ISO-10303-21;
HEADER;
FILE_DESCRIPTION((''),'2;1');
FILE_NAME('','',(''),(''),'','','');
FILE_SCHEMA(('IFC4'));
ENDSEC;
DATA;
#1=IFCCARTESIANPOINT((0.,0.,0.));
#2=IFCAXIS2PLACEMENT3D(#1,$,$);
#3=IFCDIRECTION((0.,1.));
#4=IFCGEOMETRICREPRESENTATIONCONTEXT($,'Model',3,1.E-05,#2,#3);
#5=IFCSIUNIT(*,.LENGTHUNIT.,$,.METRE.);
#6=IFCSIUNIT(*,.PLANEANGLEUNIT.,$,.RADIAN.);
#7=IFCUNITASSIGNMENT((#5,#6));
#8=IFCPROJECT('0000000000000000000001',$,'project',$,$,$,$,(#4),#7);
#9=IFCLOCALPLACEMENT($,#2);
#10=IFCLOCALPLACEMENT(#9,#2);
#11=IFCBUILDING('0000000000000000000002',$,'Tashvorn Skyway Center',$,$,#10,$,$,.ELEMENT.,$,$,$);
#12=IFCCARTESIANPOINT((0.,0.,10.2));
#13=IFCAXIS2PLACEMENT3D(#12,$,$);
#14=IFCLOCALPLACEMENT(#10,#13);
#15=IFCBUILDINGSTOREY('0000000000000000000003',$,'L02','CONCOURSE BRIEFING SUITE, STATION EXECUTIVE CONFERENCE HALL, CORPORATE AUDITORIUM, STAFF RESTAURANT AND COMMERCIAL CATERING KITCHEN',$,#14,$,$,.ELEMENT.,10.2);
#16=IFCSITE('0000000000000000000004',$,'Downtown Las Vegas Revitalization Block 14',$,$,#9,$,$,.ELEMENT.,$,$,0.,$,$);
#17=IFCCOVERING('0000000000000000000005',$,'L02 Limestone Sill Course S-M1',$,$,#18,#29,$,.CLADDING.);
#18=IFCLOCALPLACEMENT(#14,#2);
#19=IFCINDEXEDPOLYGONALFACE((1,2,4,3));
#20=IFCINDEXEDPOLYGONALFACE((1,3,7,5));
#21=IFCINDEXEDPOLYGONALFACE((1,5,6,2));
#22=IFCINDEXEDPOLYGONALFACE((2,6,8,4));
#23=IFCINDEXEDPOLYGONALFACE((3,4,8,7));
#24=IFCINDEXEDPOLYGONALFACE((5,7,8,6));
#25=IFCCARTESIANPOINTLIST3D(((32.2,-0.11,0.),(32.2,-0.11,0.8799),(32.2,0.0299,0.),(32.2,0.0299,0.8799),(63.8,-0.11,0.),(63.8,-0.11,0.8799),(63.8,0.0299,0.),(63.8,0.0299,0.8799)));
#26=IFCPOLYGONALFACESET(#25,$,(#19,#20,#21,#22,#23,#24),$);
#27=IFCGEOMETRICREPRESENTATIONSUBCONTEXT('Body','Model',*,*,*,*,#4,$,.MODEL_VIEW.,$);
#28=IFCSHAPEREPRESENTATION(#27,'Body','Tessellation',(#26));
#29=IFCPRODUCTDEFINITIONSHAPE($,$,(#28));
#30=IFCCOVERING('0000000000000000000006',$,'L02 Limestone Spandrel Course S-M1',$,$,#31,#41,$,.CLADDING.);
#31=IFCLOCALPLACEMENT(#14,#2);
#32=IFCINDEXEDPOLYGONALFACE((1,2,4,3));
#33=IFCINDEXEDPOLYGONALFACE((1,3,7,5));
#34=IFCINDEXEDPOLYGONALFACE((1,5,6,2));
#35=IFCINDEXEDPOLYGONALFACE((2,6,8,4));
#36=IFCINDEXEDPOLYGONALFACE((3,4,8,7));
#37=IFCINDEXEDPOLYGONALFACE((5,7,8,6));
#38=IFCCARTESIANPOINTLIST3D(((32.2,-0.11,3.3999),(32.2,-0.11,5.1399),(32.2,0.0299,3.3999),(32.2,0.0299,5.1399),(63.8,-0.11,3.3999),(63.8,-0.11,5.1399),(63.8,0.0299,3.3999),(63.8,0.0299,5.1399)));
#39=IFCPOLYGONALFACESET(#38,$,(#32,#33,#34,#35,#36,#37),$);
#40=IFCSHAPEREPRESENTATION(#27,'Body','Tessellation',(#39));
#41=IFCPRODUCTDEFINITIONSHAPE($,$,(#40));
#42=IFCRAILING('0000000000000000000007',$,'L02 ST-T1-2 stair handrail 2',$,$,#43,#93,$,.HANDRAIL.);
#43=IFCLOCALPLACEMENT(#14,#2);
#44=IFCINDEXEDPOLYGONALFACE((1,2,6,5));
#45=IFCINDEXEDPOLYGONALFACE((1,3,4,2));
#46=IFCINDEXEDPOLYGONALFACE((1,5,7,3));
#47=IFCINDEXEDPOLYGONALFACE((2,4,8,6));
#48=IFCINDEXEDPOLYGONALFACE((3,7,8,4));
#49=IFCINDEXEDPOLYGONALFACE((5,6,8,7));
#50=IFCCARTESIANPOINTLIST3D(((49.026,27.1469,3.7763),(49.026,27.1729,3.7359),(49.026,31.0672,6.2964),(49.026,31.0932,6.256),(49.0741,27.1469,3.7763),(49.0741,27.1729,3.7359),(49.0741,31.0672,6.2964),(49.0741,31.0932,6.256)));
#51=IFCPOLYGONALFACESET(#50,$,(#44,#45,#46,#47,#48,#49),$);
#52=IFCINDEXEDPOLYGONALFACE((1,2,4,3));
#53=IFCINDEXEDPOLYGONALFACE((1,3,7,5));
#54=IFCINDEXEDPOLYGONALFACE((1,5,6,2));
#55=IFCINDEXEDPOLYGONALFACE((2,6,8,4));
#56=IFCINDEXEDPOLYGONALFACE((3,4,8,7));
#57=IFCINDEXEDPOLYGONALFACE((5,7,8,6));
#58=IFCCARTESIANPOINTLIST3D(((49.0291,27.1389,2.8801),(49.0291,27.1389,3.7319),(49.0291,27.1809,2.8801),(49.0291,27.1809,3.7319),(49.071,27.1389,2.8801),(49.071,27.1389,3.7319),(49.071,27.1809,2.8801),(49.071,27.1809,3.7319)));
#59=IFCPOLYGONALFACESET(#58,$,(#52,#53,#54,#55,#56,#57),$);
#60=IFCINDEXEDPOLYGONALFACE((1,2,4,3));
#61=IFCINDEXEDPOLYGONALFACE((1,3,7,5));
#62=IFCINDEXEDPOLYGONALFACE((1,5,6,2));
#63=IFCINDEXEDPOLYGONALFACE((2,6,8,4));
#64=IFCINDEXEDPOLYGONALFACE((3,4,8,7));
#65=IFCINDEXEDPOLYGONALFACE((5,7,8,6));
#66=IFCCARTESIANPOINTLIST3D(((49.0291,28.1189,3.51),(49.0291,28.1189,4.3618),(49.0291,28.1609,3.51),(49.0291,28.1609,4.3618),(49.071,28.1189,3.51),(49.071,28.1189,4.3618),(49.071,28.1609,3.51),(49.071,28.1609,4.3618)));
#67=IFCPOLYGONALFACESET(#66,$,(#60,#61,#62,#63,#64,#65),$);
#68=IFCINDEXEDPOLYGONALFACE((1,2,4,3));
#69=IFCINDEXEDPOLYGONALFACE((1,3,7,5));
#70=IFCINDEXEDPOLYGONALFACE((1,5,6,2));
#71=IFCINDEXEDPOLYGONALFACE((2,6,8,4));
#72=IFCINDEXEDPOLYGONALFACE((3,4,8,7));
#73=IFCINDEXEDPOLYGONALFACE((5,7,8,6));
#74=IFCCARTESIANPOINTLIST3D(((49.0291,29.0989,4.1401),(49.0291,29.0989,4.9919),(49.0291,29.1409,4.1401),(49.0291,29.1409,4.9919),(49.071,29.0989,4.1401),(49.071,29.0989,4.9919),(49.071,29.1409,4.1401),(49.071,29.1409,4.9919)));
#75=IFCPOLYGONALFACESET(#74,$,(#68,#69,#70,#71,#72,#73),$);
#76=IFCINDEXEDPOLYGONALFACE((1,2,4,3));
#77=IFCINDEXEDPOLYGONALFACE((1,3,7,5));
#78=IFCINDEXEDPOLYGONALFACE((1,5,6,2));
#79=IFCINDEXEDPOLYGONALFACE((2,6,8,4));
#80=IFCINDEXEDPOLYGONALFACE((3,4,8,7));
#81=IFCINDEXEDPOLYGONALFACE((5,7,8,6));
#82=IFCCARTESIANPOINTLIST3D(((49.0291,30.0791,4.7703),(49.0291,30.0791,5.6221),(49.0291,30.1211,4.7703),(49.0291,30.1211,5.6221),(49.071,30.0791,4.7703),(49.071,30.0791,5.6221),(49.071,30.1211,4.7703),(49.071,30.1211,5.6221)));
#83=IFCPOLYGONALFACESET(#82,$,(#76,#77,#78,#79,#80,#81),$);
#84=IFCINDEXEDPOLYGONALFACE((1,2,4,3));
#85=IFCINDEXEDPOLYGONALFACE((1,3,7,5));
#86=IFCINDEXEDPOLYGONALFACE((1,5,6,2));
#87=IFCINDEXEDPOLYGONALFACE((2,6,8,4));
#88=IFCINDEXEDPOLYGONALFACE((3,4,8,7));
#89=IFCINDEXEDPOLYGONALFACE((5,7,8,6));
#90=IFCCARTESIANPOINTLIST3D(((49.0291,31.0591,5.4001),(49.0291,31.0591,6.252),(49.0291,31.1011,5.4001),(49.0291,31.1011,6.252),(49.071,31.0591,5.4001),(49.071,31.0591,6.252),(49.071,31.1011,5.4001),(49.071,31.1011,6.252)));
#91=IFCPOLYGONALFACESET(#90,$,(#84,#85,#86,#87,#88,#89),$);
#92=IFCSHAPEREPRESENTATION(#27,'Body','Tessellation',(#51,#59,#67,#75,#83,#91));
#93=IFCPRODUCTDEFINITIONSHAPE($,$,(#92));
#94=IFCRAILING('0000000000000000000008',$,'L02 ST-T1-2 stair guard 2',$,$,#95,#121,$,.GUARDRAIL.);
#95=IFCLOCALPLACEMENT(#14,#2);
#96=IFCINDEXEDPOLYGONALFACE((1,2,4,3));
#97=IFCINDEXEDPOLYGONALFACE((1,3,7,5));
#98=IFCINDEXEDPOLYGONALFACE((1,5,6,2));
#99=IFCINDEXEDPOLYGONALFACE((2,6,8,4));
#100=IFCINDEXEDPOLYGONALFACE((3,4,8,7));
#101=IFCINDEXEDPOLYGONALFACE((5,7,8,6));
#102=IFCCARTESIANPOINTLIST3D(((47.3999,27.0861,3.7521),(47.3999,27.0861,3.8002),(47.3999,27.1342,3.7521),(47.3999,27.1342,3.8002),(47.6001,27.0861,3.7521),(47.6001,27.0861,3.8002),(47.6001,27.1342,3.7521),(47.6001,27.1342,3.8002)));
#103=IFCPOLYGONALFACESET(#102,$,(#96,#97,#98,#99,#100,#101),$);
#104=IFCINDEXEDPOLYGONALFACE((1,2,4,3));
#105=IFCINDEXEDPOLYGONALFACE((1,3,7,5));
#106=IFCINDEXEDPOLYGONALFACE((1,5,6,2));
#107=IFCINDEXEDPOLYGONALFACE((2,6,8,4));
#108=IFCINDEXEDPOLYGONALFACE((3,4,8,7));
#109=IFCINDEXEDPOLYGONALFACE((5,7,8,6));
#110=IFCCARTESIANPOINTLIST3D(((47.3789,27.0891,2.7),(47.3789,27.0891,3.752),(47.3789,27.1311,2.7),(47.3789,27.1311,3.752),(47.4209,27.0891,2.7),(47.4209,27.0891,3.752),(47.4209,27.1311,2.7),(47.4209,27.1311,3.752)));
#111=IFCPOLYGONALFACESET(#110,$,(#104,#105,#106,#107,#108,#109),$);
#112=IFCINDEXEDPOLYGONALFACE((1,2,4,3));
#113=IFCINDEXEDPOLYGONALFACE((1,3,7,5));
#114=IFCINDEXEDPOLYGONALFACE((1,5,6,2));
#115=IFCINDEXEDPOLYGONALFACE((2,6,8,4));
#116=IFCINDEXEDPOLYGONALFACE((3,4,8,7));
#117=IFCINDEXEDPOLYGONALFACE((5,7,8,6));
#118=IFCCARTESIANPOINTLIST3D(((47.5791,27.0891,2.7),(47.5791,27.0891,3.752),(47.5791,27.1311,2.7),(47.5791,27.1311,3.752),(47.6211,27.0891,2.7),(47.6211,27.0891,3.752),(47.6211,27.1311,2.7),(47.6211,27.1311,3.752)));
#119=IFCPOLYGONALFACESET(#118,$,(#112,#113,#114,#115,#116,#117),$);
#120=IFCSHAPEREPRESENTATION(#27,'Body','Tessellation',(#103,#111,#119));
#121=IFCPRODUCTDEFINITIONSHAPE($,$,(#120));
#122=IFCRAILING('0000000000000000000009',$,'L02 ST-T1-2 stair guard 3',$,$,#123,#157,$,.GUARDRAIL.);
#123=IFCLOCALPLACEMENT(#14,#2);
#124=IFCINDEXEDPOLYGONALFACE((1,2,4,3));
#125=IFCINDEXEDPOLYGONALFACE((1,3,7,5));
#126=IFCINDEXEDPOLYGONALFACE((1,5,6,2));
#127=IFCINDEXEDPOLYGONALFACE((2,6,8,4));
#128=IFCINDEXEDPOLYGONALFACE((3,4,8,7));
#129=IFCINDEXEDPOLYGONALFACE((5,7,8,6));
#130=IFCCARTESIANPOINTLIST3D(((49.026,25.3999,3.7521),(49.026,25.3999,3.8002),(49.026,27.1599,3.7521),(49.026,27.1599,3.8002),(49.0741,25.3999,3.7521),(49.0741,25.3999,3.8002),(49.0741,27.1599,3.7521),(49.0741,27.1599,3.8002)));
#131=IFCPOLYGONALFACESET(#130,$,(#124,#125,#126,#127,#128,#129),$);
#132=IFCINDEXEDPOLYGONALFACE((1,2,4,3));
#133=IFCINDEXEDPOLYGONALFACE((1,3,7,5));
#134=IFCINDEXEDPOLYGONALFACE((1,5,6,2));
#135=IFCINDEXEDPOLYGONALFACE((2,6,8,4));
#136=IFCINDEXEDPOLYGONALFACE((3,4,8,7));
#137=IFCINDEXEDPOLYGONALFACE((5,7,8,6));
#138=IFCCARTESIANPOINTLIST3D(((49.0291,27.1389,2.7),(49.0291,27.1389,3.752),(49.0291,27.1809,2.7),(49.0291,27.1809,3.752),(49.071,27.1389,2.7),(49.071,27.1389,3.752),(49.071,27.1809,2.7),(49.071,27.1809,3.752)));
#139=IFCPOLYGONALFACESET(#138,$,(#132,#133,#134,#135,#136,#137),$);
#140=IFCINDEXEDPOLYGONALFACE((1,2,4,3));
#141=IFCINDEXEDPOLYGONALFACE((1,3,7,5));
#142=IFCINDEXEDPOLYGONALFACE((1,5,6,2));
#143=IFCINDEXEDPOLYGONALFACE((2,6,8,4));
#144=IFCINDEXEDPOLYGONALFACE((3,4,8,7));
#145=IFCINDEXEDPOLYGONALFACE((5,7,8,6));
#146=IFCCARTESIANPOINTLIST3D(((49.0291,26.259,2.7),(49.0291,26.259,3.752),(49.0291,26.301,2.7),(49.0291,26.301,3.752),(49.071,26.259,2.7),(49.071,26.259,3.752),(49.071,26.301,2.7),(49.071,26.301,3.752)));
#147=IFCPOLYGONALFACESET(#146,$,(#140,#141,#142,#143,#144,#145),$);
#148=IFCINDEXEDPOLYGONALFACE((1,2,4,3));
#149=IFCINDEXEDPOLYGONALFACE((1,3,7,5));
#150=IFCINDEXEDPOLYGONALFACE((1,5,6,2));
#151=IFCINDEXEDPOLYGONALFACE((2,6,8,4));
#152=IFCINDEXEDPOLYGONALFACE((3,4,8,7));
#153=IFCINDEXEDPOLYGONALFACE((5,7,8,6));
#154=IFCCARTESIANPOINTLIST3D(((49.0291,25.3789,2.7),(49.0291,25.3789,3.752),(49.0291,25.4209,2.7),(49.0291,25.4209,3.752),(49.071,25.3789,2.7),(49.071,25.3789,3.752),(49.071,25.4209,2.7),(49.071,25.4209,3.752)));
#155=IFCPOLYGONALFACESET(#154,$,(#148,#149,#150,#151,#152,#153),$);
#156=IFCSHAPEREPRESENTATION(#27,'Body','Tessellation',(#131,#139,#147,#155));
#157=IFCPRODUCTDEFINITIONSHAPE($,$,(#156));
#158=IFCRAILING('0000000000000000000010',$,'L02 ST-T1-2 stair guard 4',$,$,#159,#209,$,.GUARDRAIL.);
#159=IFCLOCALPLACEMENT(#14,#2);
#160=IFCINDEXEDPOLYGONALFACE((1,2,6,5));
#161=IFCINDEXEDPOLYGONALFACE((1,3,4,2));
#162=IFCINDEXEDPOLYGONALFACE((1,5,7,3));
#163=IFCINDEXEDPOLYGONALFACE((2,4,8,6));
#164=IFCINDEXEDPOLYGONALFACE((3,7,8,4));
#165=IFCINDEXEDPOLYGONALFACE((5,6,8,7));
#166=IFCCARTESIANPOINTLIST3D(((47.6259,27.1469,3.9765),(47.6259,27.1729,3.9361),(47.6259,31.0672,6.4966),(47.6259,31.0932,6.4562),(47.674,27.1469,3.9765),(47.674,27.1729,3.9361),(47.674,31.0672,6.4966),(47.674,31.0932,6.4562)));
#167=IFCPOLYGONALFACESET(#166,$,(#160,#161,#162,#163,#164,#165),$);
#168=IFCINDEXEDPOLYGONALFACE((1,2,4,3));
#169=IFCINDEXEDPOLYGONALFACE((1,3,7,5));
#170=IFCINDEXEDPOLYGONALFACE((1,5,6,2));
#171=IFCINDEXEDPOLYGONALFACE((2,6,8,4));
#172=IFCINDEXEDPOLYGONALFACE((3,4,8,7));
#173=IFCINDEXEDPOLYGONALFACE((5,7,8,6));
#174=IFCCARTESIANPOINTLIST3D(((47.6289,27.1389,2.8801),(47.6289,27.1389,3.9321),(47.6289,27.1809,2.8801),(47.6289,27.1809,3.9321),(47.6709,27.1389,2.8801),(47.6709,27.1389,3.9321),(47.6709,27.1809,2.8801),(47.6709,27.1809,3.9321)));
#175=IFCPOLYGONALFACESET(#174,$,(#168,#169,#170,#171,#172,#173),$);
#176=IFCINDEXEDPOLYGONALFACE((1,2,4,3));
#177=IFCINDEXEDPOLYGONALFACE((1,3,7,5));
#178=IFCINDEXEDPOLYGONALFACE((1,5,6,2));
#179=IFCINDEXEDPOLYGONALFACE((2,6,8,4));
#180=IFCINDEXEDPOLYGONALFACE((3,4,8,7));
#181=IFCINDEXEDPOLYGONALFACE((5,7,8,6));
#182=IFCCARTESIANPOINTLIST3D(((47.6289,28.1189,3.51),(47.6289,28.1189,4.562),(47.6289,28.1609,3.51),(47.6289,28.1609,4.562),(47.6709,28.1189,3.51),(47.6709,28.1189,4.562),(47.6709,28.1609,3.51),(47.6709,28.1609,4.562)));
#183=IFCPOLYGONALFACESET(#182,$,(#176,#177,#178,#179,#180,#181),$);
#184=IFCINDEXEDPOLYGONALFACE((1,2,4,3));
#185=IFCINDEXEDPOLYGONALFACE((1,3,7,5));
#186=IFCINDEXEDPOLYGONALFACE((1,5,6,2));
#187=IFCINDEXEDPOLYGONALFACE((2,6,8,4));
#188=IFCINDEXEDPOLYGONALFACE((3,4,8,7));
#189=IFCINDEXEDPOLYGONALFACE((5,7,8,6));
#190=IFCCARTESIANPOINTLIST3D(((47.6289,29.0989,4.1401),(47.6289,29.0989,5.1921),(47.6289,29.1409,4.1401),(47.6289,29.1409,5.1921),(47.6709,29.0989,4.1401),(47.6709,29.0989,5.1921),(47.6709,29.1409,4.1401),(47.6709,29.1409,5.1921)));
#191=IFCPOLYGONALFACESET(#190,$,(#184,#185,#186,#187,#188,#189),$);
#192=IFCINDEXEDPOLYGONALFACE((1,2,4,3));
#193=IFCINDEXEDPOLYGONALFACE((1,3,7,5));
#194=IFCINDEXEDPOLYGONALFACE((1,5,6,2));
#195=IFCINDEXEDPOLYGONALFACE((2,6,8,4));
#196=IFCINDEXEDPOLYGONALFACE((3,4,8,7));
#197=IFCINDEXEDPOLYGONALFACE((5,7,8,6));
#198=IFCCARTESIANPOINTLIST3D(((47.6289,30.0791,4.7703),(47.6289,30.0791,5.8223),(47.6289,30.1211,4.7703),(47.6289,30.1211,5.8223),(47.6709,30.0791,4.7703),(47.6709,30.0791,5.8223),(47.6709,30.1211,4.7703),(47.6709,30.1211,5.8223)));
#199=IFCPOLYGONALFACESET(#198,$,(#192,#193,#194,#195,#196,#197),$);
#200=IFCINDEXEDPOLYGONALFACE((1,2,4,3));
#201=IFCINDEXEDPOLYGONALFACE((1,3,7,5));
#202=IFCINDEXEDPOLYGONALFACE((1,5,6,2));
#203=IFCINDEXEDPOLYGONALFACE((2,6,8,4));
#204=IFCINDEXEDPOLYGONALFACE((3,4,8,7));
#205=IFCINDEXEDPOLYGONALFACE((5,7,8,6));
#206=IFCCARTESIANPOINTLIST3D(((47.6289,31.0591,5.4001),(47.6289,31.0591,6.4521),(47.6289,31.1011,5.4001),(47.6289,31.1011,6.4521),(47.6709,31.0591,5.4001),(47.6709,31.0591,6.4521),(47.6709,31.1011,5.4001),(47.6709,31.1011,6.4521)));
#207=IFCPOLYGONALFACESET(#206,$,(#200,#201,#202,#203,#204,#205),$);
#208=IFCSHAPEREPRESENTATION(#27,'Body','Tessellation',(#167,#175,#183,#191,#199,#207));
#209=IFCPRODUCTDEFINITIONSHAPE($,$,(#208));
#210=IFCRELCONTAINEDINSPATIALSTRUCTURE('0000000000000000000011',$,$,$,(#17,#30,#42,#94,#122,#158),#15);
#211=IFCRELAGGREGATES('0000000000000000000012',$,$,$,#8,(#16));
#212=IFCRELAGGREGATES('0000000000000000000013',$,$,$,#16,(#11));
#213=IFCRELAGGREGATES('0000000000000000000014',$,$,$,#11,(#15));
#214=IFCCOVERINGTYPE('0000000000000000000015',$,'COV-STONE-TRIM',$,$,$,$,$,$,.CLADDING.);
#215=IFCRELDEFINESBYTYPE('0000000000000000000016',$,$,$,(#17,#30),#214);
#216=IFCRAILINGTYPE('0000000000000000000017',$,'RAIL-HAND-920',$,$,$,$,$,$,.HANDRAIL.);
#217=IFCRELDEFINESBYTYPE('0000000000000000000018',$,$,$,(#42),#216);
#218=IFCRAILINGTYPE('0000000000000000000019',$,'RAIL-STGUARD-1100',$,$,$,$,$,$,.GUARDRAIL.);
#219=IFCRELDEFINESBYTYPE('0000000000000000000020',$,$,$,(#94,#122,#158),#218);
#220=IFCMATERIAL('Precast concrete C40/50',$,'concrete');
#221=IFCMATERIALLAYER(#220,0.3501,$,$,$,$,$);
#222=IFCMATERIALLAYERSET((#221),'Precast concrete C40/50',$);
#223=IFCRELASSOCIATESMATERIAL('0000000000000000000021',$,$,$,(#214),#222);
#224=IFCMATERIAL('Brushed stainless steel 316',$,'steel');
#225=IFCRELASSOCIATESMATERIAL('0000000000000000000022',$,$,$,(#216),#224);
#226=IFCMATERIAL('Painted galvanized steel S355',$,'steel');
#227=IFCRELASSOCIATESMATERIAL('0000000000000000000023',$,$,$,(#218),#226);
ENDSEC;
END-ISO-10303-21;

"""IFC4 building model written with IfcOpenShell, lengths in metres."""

from ifc_helpers import new_model, si_unit, direction, frame, origin, origin_2d, place, context, subcontext, project, spatial, rectangle, extrude, material, layer, layer_set, type_object, element, save


model = new_model("IFC4")

# Units and contexts
model_context = context("Model", 3, precision=1e-05, world=origin(), true_north=direction((0.0, 1.0)))
body_context = subcontext(model_context, "Body", "Model", "MODEL_VIEW")
ifc_project = project(units=[si_unit("LENGTHUNIT", "METRE"), si_unit("PLANEANGLEUNIT", "RADIAN")], contexts=[model_context])

# Site, building, storey
site_placement = place(None, origin())
site = spatial("IfcSite", under=ifc_project, at=site_placement, Name="Downtown Las Vegas Revitalization Block 14", CompositionType="ELEMENT", RefElevation=0.0)
building_placement = place(site_placement, origin())
building = spatial("IfcBuilding", under=site, at=building_placement, Name="Tashvorn Skyway Center", CompositionType="ELEMENT")
storey_placement = place(building_placement, frame((0.0, 0.0, 10.2)))
storey = spatial("IfcBuildingStorey", under=building, at=storey_placement, Name="L02", Description="CONCOURSE BRIEFING SUITE, STATION EXECUTIVE CONFERENCE HALL, CORPORATE AUDITORIUM, STAFF RESTAURANT AND COMMERCIAL CATERING KITCHEN", CompositionType="ELEMENT", Elevation=10.2)

# Shared definitions
ifc_material_1 = material(Name="Precast concrete C40/50", Category="concrete")

# Coverings
ifc_layer_1 = layer(ifc_material_1, 0.3501)
ifc_layer_set_1 = layer_set([ifc_layer_1], Name="Precast concrete C40/50")
covering_type = type_object("IfcCoveringType", Name="COV-STONE-TRIM", PredefinedType="CLADDING", material=ifc_layer_set_1)
covering_1_placement = place(storey_placement, frame((48.0, -0.04, 0.0), z_axis=(0.0, 0.0, 1.0), x_axis=(1.0, 0.0, 0.0)))
element("IfcCovering", 1, at=covering_1_placement, inside=storey, type_object=covering_type, Name="L02 Limestone Sill Course S-M1", PredefinedType="CLADDING", context=body_context, shape_type="SweptSolid", body=[
    extrude(rectangle(XDim=31.6001, YDim=0.1399, at=origin_2d()), origin(), (0.0, 0.0, 1.0), 0.8799),
])
covering_2_placement = place(storey_placement, frame((48.0, -0.04, 3.3999), z_axis=(0.0, 0.0, 1.0), x_axis=(1.0, 0.0, 0.0)))
element("IfcCovering", 2, at=covering_2_placement, inside=storey, type_object=covering_type, Name="L02 Limestone Spandrel Course S-M1", PredefinedType="CLADDING", context=body_context, shape_type="SweptSolid", body=[
    extrude(rectangle(XDim=31.6001, YDim=0.1399, at=origin_2d()), origin(), (0.0, 0.0, 1.0), 1.74),
])

# Railings
ifc_material_2 = material(Name="Brushed stainless steel 316", Category="steel")
railing_type_1 = type_object("IfcRailingType", Name="RAIL-HAND-920", PredefinedType="HANDRAIL", material=ifc_material_2)
railing_1_placement = place(storey_placement, frame((49.05, 27.1599, 2.8801)))
element("IfcRailing", 3, at=railing_1_placement, inside=storey, type_object=railing_type_1, Name="L02 ST-T1-2 stair handrail 2", PredefinedType="HANDRAIL", context=body_context, shape_type="SweptSolid", body=[
    extrude(rectangle(XDim=0.0481, YDim=0.0481, at=origin_2d()), frame((0.0, 0.0, 0.876), z_axis=(0.0, 0.841187, 0.540744), x_axis=(-1.0, 0.0, 0.0)), (0.0, 0.0, 1.0), 4.6604),
    extrude(rectangle(XDim=0.042, YDim=0.042, at=origin_2d()), origin(), (0.0, 0.0, 1.0), 0.8518),
    extrude(rectangle(XDim=0.042, YDim=0.042, at=origin_2d()), frame((0.0, 0.98, 0.6299)), (0.0, 0.0, 1.0), 0.8518),
    extrude(rectangle(XDim=0.042, YDim=0.042, at=origin_2d()), frame((0.0, 1.96, 1.26)), (0.0, 0.0, 1.0), 0.8518),
    extrude(rectangle(XDim=0.042, YDim=0.042, at=origin_2d()), frame((0.0, 2.9402, 1.8901)), (0.0, 0.0, 1.0), 0.8518),
    extrude(rectangle(XDim=0.042, YDim=0.042, at=origin_2d()), frame((0.0, 3.9202, 2.52)), (0.0, 0.0, 1.0), 0.8518),
])
ifc_material_3 = material(Name="Painted galvanized steel S355", Category="steel")
railing_type_2 = type_object("IfcRailingType", Name="RAIL-STGUARD-1100", PredefinedType="GUARDRAIL", material=ifc_material_3)
railing_2_placement = place(storey_placement, frame((47.3999, 27.1101, 2.7)))
element("IfcRailing", 4, at=railing_2_placement, inside=storey, type_object=railing_type_2, Name="L02 ST-T1-2 stair guard 2", PredefinedType="GUARDRAIL", context=body_context, shape_type="SweptSolid", body=[
    extrude(rectangle(XDim=0.0481, YDim=0.0481, at=origin_2d()), frame((0.0, 0.0, 1.0762), z_axis=(1.0, 0.0, 0.0), x_axis=(0.0, 1.0, 0.0)), (0.0, 0.0, 1.0), 0.2002),
    extrude(rectangle(XDim=0.042, YDim=0.042, at=origin_2d()), origin(), (0.0, 0.0, 1.0), 1.052),
    extrude(rectangle(XDim=0.042, YDim=0.042, at=origin_2d()), frame((0.2002, 0.0, 0.0)), (0.0, 0.0, 1.0), 1.052),
])
railing_3_placement = place(storey_placement, frame((49.05, 27.1599, 2.7)))
element("IfcRailing", 5, at=railing_3_placement, inside=storey, type_object=railing_type_2, Name="L02 ST-T1-2 stair guard 3", PredefinedType="GUARDRAIL", context=body_context, shape_type="SweptSolid", body=[
    extrude(rectangle(XDim=0.0481, YDim=0.0481, at=origin_2d()), frame((0.0, 0.0, 1.0762), z_axis=(0.0, -1.0, 0.0), x_axis=(1.0, 0.0, 0.0)), (0.0, 0.0, 1.0), 1.76),
    extrude(rectangle(XDim=0.042, YDim=0.042, at=origin_2d()), origin(), (0.0, 0.0, 1.0), 1.052),
    extrude(rectangle(XDim=0.042, YDim=0.042, at=origin_2d()), frame((0.0, -0.8799, 0.0)), (0.0, 0.0, 1.0), 1.052),
    extrude(rectangle(XDim=0.042, YDim=0.042, at=origin_2d()), frame((0.0, -1.76, 0.0)), (0.0, 0.0, 1.0), 1.052),
])
railing_4_placement = place(storey_placement, frame((47.6499, 27.1599, 2.8801)))
element("IfcRailing", 6, at=railing_4_placement, inside=storey, type_object=railing_type_2, Name="L02 ST-T1-2 stair guard 4", PredefinedType="GUARDRAIL", context=body_context, shape_type="SweptSolid", body=[
    extrude(rectangle(XDim=0.0481, YDim=0.0481, at=origin_2d()), frame((0.0, 0.0, 1.0762), z_axis=(0.0, 0.841187, 0.540744), x_axis=(-1.0, 0.0, 0.0)), (0.0, 0.0, 1.0), 4.6604),
    extrude(rectangle(XDim=0.042, YDim=0.042, at=origin_2d()), origin(), (0.0, 0.0, 1.0), 1.052),
    extrude(rectangle(XDim=0.042, YDim=0.042, at=origin_2d()), frame((0.0, 0.98, 0.6299)), (0.0, 0.0, 1.0), 1.052),
    extrude(rectangle(XDim=0.042, YDim=0.042, at=origin_2d()), frame((0.0, 1.96, 1.26)), (0.0, 0.0, 1.0), 1.052),
    extrude(rectangle(XDim=0.042, YDim=0.042, at=origin_2d()), frame((0.0, 2.9402, 1.8901)), (0.0, 0.0, 1.0), 1.052),
    extrude(rectangle(XDim=0.042, YDim=0.042, at=origin_2d()), frame((0.0, 3.9202, 2.52)), (0.0, 0.0, 1.0), 1.052),
])

save(model, "model.ifc")
